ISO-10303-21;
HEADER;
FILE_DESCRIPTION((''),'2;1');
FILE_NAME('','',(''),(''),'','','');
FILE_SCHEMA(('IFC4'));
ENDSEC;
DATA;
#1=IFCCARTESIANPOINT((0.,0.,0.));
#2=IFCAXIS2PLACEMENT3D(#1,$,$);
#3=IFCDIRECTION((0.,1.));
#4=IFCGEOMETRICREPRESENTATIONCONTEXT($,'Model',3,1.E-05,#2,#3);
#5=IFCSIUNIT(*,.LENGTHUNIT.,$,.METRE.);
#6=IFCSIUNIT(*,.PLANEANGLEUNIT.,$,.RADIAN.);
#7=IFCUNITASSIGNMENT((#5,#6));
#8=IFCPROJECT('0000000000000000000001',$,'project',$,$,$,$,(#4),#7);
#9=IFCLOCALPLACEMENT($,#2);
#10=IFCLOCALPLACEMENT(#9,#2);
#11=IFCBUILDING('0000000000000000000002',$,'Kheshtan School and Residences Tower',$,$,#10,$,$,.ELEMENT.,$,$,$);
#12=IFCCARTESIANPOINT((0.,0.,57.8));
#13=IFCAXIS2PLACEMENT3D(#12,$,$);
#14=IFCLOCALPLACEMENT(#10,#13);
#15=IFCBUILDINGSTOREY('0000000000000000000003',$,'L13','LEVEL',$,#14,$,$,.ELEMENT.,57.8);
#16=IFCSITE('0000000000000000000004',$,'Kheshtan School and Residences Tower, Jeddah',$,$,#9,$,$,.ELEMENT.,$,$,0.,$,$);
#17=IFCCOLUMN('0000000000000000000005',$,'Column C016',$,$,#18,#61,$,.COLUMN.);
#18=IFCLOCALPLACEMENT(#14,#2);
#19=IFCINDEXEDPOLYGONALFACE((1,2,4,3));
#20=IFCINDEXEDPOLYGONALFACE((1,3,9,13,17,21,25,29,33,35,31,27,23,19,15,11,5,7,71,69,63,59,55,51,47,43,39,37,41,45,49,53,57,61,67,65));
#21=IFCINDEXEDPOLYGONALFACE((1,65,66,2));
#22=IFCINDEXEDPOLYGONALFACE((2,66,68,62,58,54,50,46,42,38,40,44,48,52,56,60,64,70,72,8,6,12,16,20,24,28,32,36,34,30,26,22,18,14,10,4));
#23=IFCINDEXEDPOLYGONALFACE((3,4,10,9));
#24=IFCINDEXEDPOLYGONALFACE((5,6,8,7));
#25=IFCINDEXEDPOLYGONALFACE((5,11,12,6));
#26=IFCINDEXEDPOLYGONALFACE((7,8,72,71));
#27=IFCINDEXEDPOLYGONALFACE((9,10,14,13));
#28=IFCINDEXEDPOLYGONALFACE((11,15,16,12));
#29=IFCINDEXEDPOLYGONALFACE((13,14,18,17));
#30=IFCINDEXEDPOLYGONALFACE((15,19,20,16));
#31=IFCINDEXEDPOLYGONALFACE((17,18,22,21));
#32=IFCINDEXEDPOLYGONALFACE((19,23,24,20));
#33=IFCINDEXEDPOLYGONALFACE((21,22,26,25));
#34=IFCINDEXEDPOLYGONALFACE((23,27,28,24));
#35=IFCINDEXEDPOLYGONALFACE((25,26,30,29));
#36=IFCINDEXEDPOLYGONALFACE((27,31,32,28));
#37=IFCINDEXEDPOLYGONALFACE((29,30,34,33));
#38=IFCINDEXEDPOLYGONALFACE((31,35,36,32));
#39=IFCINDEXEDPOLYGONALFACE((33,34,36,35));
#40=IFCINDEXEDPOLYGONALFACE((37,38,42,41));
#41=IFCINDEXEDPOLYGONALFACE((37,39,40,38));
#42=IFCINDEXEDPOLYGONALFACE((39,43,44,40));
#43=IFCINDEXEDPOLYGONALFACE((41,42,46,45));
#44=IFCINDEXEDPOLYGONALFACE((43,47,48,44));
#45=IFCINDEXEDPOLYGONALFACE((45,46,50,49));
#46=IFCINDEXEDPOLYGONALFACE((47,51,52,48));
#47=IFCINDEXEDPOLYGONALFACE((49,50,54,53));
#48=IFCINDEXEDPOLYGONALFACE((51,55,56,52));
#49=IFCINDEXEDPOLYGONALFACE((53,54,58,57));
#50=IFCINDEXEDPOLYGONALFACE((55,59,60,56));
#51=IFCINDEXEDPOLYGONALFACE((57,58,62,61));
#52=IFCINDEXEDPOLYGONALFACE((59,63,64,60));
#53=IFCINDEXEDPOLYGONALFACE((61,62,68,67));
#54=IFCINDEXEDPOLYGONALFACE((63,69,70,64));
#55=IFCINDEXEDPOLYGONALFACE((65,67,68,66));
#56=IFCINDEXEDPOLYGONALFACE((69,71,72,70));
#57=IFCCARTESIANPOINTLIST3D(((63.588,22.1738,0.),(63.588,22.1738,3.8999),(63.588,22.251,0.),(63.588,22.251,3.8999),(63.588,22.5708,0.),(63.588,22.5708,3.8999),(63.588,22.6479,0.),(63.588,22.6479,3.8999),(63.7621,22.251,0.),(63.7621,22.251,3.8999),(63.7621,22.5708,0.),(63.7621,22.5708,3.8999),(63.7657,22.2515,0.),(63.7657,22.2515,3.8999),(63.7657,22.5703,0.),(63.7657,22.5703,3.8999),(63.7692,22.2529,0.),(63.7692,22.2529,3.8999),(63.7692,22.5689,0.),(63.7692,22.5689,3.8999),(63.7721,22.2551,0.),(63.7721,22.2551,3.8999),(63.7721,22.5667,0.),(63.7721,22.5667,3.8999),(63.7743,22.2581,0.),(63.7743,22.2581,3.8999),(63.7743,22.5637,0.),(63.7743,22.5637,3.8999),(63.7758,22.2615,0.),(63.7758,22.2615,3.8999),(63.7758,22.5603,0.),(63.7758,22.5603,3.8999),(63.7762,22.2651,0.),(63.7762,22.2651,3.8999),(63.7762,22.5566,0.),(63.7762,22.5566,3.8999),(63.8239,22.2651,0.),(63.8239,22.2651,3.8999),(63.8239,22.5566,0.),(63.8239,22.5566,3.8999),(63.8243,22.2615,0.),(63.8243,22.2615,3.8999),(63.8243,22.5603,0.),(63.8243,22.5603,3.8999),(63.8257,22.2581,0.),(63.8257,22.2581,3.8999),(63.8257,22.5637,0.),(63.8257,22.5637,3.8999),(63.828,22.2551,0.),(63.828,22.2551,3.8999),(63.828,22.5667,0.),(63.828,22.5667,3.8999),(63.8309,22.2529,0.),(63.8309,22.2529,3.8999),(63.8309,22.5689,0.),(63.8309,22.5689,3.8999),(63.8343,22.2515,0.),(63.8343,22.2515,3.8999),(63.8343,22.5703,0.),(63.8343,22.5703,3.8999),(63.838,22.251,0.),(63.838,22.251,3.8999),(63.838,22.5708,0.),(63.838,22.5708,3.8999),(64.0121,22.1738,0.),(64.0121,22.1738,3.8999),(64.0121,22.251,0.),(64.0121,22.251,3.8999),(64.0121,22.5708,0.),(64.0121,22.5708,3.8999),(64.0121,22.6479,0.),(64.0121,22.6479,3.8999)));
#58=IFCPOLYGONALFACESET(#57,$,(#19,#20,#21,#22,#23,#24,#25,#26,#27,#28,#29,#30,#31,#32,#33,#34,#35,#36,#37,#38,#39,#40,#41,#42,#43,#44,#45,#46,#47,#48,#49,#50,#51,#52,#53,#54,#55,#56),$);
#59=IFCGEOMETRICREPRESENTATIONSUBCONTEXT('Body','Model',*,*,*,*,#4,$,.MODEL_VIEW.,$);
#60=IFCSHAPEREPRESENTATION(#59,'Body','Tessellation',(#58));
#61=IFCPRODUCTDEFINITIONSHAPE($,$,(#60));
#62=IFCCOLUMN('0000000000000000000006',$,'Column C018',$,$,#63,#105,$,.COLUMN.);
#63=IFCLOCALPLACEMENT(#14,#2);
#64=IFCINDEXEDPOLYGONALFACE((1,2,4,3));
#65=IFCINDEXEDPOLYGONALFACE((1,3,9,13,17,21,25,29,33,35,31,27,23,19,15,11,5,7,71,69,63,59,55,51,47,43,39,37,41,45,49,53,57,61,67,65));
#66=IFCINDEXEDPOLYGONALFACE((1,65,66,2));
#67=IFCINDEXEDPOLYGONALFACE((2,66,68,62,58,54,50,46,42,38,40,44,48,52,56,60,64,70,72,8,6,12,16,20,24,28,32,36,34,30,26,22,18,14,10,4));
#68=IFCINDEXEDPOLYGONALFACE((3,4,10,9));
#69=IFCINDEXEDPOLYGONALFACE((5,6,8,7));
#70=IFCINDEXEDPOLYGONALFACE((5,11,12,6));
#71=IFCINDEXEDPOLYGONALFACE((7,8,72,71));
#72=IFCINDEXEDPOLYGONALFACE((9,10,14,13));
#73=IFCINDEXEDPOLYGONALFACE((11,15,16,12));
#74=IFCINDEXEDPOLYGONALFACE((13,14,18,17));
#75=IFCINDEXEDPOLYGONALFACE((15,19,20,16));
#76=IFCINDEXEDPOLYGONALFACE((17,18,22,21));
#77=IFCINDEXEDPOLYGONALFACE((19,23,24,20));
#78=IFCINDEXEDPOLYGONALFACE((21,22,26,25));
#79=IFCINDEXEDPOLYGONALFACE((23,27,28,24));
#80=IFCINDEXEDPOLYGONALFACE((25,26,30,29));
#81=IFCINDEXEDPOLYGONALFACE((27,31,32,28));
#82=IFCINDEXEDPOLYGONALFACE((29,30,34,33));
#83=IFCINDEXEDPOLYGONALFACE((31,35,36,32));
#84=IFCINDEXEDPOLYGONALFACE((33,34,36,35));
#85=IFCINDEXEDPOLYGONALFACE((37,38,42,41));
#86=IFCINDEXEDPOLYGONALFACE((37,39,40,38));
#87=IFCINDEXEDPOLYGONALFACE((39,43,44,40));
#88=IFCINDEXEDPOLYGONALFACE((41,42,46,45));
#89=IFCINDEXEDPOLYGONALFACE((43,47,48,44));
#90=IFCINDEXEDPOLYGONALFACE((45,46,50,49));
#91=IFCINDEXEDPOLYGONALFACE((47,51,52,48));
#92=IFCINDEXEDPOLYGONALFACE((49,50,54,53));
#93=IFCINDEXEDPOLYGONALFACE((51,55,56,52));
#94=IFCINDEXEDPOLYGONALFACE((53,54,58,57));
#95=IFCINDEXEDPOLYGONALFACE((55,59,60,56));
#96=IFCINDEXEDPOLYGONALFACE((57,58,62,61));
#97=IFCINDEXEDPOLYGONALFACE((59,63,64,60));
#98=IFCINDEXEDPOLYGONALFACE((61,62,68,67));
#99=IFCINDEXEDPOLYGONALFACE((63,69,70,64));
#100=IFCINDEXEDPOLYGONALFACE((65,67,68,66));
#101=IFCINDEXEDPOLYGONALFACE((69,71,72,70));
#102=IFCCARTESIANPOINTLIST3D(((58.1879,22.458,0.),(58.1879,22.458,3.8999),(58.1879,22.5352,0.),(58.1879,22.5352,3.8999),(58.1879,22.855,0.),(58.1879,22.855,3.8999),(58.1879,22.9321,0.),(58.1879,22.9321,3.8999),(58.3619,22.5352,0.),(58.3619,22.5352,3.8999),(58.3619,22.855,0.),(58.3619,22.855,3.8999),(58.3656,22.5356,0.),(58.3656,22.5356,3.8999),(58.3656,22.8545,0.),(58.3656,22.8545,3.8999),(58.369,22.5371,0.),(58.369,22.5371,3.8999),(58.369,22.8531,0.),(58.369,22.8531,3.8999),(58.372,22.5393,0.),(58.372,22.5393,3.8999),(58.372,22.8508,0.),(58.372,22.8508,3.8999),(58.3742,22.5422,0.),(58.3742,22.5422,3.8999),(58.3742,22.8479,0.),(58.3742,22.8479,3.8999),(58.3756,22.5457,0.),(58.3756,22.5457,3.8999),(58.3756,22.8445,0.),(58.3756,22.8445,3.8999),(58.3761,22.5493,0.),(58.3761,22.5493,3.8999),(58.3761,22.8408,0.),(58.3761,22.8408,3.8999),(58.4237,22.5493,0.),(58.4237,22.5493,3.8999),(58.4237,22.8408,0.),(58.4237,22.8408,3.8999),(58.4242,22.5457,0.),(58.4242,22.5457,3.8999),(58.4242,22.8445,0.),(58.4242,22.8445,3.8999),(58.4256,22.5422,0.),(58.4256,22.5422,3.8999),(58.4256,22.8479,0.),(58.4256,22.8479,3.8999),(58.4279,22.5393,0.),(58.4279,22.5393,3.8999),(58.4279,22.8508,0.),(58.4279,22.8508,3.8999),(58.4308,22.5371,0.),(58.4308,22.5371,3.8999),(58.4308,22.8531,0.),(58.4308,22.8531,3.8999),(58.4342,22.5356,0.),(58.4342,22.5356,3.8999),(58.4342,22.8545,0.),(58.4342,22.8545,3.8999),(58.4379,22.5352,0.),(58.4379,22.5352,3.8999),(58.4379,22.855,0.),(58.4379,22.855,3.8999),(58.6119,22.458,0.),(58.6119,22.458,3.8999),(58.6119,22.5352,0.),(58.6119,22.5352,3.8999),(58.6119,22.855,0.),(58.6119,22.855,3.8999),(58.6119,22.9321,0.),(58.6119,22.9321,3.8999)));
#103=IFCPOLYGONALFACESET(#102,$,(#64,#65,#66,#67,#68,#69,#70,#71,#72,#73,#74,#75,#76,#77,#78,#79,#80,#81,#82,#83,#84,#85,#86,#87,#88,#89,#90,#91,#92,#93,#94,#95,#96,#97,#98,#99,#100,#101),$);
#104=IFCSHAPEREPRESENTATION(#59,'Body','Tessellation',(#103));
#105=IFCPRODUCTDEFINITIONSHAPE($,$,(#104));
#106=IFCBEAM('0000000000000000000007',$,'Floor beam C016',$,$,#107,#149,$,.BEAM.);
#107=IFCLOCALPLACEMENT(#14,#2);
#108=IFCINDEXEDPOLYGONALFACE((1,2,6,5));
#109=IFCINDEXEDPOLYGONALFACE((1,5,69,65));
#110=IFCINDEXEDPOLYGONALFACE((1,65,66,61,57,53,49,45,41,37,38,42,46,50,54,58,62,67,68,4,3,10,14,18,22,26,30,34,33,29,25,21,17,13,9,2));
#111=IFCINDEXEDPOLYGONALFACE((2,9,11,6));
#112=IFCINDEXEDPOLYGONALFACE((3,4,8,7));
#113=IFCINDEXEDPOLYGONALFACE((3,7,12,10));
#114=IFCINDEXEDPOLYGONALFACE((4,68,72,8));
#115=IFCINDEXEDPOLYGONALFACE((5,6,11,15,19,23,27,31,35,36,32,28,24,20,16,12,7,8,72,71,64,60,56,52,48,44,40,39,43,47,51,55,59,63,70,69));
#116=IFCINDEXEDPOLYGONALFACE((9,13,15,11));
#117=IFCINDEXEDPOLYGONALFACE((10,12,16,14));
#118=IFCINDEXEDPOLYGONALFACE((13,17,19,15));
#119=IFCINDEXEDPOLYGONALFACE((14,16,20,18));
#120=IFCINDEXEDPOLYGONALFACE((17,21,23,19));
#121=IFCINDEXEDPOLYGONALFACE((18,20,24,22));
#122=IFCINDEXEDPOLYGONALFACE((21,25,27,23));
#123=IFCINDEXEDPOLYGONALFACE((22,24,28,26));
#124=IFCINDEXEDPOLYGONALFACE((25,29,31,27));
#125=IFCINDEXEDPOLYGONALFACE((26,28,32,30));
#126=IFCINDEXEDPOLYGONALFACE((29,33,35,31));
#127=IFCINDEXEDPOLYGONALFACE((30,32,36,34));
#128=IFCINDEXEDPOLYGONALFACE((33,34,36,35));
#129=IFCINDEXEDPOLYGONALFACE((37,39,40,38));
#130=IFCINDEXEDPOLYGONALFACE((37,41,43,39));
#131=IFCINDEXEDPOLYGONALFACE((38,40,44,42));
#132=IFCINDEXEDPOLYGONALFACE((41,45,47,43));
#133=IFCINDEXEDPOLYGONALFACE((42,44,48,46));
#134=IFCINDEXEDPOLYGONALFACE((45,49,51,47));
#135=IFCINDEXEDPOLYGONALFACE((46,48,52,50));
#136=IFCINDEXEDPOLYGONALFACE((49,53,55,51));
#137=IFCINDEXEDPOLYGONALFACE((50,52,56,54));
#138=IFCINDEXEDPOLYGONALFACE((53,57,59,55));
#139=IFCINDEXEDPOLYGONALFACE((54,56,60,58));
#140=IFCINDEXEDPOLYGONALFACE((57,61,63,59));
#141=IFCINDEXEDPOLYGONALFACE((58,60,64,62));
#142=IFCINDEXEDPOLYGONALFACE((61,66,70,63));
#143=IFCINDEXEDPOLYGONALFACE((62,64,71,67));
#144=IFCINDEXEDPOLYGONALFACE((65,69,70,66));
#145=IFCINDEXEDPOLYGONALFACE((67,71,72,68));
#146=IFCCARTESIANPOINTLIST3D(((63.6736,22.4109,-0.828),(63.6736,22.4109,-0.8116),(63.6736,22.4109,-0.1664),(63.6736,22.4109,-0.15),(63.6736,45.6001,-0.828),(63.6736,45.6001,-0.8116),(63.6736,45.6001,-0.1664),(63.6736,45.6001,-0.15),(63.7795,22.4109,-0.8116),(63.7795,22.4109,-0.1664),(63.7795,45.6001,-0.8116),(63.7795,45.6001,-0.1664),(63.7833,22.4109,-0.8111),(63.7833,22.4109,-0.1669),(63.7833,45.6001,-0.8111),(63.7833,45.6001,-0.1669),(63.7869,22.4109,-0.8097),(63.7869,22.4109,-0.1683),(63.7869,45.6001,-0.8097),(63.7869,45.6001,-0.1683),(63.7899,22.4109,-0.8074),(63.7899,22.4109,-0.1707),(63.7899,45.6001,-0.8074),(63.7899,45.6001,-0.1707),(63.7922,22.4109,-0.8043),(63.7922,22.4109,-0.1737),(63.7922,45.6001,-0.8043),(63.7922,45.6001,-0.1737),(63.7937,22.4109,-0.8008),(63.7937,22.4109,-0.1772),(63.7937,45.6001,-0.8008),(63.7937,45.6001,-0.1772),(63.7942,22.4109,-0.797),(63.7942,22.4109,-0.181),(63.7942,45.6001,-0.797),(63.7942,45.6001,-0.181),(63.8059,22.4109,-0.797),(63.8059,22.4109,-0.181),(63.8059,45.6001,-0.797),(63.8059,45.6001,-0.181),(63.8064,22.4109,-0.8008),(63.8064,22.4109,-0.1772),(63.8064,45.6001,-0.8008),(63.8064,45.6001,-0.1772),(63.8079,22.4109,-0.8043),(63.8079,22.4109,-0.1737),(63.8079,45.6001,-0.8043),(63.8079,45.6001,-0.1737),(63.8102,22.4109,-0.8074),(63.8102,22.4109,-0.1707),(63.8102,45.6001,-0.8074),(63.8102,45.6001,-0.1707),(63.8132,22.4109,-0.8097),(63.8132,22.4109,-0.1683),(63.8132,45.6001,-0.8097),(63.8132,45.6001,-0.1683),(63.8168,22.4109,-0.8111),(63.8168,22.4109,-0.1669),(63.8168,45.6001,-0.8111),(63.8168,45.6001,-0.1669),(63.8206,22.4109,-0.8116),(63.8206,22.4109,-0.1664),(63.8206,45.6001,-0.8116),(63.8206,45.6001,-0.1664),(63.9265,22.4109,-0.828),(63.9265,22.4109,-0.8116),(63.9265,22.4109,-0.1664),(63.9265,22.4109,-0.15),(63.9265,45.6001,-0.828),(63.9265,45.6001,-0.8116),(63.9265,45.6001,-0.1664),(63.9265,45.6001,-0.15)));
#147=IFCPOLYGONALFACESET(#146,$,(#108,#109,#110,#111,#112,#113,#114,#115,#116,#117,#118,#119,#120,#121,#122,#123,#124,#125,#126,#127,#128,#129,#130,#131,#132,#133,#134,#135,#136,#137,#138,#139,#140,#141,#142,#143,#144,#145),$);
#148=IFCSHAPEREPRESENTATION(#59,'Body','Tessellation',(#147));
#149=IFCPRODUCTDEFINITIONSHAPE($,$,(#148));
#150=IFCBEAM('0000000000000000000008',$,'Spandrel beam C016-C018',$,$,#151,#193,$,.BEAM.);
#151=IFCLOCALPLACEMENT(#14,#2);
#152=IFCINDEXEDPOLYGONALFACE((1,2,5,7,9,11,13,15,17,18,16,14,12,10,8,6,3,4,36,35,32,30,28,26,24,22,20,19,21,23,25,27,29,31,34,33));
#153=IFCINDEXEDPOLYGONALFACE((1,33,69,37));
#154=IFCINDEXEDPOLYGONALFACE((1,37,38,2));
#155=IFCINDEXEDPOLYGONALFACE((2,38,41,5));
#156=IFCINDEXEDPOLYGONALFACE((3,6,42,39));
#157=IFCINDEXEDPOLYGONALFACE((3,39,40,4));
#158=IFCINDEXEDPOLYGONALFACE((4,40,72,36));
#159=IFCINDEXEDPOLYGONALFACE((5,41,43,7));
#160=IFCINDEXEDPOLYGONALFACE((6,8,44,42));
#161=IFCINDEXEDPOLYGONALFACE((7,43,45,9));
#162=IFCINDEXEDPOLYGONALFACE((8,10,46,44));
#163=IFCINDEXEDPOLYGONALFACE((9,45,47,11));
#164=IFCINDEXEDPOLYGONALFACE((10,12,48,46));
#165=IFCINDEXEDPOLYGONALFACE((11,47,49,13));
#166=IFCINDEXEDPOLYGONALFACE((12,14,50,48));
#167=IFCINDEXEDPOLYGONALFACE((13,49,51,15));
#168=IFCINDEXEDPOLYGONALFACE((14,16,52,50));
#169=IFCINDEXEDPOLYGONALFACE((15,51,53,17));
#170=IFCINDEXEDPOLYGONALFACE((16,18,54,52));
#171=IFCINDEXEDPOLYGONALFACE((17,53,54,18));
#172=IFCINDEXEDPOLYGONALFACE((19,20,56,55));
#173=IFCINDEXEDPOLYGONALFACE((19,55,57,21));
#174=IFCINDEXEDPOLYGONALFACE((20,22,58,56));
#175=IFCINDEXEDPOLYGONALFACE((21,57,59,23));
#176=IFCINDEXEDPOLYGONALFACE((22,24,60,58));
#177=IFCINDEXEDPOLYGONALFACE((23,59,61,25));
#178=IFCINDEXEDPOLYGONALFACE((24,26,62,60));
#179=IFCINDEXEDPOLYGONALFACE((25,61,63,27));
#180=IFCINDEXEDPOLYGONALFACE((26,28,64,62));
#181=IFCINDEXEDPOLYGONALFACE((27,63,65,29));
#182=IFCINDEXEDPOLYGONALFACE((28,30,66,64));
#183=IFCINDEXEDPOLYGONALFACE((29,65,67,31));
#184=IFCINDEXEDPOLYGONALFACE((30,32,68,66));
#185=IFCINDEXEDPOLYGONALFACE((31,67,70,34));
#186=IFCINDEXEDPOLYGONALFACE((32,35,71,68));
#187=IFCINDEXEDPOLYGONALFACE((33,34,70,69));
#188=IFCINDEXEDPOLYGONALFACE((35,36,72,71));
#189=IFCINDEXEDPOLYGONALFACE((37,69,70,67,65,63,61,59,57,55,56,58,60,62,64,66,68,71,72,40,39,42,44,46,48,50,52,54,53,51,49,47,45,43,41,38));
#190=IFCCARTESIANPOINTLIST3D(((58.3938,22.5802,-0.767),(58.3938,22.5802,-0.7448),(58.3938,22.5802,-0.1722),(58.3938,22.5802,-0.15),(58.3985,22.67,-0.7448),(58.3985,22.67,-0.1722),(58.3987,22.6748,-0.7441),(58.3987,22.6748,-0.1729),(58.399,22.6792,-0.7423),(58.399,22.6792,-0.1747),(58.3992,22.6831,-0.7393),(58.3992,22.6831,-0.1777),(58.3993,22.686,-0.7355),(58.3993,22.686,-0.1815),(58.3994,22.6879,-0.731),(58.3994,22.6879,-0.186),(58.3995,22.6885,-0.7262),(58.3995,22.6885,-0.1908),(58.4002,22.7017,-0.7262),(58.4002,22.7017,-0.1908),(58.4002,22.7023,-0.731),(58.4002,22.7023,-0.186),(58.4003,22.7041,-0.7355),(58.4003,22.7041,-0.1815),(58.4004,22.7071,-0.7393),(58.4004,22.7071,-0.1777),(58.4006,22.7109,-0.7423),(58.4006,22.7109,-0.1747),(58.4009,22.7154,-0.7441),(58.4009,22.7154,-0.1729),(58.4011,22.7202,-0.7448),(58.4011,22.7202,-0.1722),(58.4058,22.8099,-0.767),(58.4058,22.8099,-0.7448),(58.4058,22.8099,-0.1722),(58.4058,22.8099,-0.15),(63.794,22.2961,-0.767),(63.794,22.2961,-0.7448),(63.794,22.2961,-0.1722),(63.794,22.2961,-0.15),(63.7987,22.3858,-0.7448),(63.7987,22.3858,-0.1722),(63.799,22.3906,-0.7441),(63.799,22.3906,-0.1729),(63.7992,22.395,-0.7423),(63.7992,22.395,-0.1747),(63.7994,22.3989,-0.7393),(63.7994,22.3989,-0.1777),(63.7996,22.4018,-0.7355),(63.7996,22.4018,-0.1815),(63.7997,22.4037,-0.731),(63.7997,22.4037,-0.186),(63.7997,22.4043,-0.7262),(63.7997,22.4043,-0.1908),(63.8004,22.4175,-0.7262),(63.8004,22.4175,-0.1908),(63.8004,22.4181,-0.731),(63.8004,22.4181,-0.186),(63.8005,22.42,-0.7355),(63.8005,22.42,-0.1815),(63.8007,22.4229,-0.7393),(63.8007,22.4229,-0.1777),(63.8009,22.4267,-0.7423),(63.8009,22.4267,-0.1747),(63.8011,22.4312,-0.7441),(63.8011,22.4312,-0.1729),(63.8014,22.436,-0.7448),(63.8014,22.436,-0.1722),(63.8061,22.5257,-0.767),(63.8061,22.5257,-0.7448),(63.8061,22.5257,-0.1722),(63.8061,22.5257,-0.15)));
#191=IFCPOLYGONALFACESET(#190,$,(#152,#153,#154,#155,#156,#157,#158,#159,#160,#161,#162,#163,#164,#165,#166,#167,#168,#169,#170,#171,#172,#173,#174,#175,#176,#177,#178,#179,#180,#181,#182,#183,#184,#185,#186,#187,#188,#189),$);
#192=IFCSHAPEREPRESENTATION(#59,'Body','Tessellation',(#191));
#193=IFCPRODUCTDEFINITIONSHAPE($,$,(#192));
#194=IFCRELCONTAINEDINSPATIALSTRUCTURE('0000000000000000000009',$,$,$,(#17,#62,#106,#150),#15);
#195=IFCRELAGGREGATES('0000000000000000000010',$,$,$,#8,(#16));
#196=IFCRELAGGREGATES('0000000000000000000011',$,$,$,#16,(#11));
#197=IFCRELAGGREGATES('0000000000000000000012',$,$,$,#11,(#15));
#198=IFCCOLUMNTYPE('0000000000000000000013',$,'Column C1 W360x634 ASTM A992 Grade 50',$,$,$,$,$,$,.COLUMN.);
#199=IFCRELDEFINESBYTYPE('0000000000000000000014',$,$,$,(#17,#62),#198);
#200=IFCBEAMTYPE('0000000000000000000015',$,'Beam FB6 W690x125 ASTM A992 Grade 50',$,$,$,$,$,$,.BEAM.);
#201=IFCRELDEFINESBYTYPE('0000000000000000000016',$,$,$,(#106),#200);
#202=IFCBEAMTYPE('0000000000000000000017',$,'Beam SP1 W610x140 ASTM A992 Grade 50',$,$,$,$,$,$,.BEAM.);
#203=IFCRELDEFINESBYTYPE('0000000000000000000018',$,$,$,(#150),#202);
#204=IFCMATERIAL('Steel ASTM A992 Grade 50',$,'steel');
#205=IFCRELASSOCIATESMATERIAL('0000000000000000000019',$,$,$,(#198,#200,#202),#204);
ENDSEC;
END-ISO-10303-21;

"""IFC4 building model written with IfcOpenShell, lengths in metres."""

from ifc_helpers import new_model, si_unit, direction, frame, origin, origin_2d, place, context, subcontext, project, spatial, i_section, extrude, material, material_profile, profile_set, type_object, element, save


model = new_model("IFC4")

# Units and contexts
model_context = context("Model", 3, precision=1e-05, world=origin(), true_north=direction((0.0, 1.0)))
body_context = subcontext(model_context, "Body", "Model", "MODEL_VIEW")
ifc_project = project(units=[si_unit("LENGTHUNIT", "METRE"), si_unit("PLANEANGLEUNIT", "RADIAN")], contexts=[model_context])

# Site, building, storey
site_placement = place(None, origin())
site = spatial("IfcSite", under=ifc_project, at=site_placement, Name="Kheshtan School and Residences Tower, Jeddah", CompositionType="ELEMENT", RefElevation=0.0)
building_placement = place(site_placement, origin())
building = spatial("IfcBuilding", under=site, at=building_placement, Name="Kheshtan School and Residences Tower", CompositionType="ELEMENT")
storey_placement = place(building_placement, frame((0.0, 0.0, 57.8)))
storey = spatial("IfcBuildingStorey", under=building, at=storey_placement, Name="L13", Description="LEVEL", CompositionType="ELEMENT", Elevation=57.8)

# Columns
ifc_material_1 = material(Name="Steel ASTM A992 Grade 50", Category="steel")
ifc_material_profile_1 = material_profile(ifc_material_1, i_section(OverallWidth=0.4241, OverallDepth=0.4741, WebThickness=0.0476, FlangeThickness=0.0771, FilletRadius=0.0142, at=origin_2d()), Name="W360x634")
ifc_profile_set_1 = profile_set([ifc_material_profile_1], Name="Steel ASTM A992 Grade 50")
column_type = type_object("IfcColumnType", Name="Column C1 W360x634 ASTM A992 Grade 50", PredefinedType="COLUMN", material=ifc_profile_set_1)
for number, where, z_axis, x_axis, name in (
    (1, (63.8, 22.4109, 0.0), (0.0, 0.0, 1.0), (1.0, 0.0, 0.0), "Column C016"),
    (2, (58.3999, 22.6951, 0.0), (0.0, 0.0, 1.0), (1.0, 0.0, 0.0), "Column C018"),
):
    element("IfcColumn", number, at=place(storey_placement, frame(where, z_axis=z_axis, x_axis=x_axis)), inside=storey, type_object=column_type, Name=name, PredefinedType="COLUMN", context=body_context, shape_type="SweptSolid", body=[
        extrude(i_section(OverallWidth=0.4241, OverallDepth=0.4741, WebThickness=0.0476, FlangeThickness=0.0771, FilletRadius=0.0142, at=origin_2d()), origin(), (0.0, 0.0, 1.0), 3.8999),
    ])

# Beams
ifc_material_profile_2 = material_profile(ifc_material_1, i_section(OverallWidth=0.2529, OverallDepth=0.678, WebThickness=0.0117, FlangeThickness=0.0164, FilletRadius=0.0146, at=origin_2d()), Name="W690x125")
ifc_profile_set_2 = profile_set([ifc_material_profile_2], Name="Steel ASTM A992 Grade 50")
beam_type_1 = type_object("IfcBeamType", Name="Beam FB6 W690x125 ASTM A992 Grade 50", PredefinedType="BEAM", material=ifc_profile_set_2)
beam_1_placement = place(storey_placement, frame((63.8, 22.4109, -0.489), z_axis=(0.0, 1.0, 0.0), x_axis=(-1.0, 0.0, 0.0)))
element("IfcBeam", 3, at=beam_1_placement, inside=storey, type_object=beam_type_1, Name="Floor beam C016", PredefinedType="BEAM", context=body_context, shape_type="SweptSolid", body=[
    extrude(i_section(OverallWidth=0.2529, OverallDepth=0.678, WebThickness=0.0117, FlangeThickness=0.0164, FilletRadius=0.0146, at=origin_2d()), origin(), (0.0, 0.0, 1.0), 23.1892),
])
ifc_material_profile_3 = material_profile(ifc_material_1, i_section(OverallWidth=0.23, OverallDepth=0.6169, WebThickness=0.0132, FlangeThickness=0.0222, FilletRadius=0.0186, at=origin_2d()), Name="W610x140")
ifc_profile_set_3 = profile_set([ifc_material_profile_3], Name="Steel ASTM A992 Grade 50")
beam_type_2 = type_object("IfcBeamType", Name="Beam SP1 W610x140 ASTM A992 Grade 50", PredefinedType="BEAM", material=ifc_profile_set_3)
beam_2_placement = place(storey_placement, frame((63.8, 22.4109, -0.4585), z_axis=(-0.998618, 0.052552, 0.0), x_axis=(-0.052552, -0.998618, 0.0)))
element("IfcBeam", 4, at=beam_2_placement, inside=storey, type_object=beam_type_2, Name="Spandrel beam C016-C018", PredefinedType="BEAM", context=body_context, shape_type="SweptSolid", body=[
    extrude(i_section(OverallWidth=0.23, OverallDepth=0.6169, WebThickness=0.0132, FlangeThickness=0.0222, FilletRadius=0.0186, at=origin_2d()), origin(), (0.0, 0.0, 1.0), 5.4077),
])

save(model, "model.ifc")
